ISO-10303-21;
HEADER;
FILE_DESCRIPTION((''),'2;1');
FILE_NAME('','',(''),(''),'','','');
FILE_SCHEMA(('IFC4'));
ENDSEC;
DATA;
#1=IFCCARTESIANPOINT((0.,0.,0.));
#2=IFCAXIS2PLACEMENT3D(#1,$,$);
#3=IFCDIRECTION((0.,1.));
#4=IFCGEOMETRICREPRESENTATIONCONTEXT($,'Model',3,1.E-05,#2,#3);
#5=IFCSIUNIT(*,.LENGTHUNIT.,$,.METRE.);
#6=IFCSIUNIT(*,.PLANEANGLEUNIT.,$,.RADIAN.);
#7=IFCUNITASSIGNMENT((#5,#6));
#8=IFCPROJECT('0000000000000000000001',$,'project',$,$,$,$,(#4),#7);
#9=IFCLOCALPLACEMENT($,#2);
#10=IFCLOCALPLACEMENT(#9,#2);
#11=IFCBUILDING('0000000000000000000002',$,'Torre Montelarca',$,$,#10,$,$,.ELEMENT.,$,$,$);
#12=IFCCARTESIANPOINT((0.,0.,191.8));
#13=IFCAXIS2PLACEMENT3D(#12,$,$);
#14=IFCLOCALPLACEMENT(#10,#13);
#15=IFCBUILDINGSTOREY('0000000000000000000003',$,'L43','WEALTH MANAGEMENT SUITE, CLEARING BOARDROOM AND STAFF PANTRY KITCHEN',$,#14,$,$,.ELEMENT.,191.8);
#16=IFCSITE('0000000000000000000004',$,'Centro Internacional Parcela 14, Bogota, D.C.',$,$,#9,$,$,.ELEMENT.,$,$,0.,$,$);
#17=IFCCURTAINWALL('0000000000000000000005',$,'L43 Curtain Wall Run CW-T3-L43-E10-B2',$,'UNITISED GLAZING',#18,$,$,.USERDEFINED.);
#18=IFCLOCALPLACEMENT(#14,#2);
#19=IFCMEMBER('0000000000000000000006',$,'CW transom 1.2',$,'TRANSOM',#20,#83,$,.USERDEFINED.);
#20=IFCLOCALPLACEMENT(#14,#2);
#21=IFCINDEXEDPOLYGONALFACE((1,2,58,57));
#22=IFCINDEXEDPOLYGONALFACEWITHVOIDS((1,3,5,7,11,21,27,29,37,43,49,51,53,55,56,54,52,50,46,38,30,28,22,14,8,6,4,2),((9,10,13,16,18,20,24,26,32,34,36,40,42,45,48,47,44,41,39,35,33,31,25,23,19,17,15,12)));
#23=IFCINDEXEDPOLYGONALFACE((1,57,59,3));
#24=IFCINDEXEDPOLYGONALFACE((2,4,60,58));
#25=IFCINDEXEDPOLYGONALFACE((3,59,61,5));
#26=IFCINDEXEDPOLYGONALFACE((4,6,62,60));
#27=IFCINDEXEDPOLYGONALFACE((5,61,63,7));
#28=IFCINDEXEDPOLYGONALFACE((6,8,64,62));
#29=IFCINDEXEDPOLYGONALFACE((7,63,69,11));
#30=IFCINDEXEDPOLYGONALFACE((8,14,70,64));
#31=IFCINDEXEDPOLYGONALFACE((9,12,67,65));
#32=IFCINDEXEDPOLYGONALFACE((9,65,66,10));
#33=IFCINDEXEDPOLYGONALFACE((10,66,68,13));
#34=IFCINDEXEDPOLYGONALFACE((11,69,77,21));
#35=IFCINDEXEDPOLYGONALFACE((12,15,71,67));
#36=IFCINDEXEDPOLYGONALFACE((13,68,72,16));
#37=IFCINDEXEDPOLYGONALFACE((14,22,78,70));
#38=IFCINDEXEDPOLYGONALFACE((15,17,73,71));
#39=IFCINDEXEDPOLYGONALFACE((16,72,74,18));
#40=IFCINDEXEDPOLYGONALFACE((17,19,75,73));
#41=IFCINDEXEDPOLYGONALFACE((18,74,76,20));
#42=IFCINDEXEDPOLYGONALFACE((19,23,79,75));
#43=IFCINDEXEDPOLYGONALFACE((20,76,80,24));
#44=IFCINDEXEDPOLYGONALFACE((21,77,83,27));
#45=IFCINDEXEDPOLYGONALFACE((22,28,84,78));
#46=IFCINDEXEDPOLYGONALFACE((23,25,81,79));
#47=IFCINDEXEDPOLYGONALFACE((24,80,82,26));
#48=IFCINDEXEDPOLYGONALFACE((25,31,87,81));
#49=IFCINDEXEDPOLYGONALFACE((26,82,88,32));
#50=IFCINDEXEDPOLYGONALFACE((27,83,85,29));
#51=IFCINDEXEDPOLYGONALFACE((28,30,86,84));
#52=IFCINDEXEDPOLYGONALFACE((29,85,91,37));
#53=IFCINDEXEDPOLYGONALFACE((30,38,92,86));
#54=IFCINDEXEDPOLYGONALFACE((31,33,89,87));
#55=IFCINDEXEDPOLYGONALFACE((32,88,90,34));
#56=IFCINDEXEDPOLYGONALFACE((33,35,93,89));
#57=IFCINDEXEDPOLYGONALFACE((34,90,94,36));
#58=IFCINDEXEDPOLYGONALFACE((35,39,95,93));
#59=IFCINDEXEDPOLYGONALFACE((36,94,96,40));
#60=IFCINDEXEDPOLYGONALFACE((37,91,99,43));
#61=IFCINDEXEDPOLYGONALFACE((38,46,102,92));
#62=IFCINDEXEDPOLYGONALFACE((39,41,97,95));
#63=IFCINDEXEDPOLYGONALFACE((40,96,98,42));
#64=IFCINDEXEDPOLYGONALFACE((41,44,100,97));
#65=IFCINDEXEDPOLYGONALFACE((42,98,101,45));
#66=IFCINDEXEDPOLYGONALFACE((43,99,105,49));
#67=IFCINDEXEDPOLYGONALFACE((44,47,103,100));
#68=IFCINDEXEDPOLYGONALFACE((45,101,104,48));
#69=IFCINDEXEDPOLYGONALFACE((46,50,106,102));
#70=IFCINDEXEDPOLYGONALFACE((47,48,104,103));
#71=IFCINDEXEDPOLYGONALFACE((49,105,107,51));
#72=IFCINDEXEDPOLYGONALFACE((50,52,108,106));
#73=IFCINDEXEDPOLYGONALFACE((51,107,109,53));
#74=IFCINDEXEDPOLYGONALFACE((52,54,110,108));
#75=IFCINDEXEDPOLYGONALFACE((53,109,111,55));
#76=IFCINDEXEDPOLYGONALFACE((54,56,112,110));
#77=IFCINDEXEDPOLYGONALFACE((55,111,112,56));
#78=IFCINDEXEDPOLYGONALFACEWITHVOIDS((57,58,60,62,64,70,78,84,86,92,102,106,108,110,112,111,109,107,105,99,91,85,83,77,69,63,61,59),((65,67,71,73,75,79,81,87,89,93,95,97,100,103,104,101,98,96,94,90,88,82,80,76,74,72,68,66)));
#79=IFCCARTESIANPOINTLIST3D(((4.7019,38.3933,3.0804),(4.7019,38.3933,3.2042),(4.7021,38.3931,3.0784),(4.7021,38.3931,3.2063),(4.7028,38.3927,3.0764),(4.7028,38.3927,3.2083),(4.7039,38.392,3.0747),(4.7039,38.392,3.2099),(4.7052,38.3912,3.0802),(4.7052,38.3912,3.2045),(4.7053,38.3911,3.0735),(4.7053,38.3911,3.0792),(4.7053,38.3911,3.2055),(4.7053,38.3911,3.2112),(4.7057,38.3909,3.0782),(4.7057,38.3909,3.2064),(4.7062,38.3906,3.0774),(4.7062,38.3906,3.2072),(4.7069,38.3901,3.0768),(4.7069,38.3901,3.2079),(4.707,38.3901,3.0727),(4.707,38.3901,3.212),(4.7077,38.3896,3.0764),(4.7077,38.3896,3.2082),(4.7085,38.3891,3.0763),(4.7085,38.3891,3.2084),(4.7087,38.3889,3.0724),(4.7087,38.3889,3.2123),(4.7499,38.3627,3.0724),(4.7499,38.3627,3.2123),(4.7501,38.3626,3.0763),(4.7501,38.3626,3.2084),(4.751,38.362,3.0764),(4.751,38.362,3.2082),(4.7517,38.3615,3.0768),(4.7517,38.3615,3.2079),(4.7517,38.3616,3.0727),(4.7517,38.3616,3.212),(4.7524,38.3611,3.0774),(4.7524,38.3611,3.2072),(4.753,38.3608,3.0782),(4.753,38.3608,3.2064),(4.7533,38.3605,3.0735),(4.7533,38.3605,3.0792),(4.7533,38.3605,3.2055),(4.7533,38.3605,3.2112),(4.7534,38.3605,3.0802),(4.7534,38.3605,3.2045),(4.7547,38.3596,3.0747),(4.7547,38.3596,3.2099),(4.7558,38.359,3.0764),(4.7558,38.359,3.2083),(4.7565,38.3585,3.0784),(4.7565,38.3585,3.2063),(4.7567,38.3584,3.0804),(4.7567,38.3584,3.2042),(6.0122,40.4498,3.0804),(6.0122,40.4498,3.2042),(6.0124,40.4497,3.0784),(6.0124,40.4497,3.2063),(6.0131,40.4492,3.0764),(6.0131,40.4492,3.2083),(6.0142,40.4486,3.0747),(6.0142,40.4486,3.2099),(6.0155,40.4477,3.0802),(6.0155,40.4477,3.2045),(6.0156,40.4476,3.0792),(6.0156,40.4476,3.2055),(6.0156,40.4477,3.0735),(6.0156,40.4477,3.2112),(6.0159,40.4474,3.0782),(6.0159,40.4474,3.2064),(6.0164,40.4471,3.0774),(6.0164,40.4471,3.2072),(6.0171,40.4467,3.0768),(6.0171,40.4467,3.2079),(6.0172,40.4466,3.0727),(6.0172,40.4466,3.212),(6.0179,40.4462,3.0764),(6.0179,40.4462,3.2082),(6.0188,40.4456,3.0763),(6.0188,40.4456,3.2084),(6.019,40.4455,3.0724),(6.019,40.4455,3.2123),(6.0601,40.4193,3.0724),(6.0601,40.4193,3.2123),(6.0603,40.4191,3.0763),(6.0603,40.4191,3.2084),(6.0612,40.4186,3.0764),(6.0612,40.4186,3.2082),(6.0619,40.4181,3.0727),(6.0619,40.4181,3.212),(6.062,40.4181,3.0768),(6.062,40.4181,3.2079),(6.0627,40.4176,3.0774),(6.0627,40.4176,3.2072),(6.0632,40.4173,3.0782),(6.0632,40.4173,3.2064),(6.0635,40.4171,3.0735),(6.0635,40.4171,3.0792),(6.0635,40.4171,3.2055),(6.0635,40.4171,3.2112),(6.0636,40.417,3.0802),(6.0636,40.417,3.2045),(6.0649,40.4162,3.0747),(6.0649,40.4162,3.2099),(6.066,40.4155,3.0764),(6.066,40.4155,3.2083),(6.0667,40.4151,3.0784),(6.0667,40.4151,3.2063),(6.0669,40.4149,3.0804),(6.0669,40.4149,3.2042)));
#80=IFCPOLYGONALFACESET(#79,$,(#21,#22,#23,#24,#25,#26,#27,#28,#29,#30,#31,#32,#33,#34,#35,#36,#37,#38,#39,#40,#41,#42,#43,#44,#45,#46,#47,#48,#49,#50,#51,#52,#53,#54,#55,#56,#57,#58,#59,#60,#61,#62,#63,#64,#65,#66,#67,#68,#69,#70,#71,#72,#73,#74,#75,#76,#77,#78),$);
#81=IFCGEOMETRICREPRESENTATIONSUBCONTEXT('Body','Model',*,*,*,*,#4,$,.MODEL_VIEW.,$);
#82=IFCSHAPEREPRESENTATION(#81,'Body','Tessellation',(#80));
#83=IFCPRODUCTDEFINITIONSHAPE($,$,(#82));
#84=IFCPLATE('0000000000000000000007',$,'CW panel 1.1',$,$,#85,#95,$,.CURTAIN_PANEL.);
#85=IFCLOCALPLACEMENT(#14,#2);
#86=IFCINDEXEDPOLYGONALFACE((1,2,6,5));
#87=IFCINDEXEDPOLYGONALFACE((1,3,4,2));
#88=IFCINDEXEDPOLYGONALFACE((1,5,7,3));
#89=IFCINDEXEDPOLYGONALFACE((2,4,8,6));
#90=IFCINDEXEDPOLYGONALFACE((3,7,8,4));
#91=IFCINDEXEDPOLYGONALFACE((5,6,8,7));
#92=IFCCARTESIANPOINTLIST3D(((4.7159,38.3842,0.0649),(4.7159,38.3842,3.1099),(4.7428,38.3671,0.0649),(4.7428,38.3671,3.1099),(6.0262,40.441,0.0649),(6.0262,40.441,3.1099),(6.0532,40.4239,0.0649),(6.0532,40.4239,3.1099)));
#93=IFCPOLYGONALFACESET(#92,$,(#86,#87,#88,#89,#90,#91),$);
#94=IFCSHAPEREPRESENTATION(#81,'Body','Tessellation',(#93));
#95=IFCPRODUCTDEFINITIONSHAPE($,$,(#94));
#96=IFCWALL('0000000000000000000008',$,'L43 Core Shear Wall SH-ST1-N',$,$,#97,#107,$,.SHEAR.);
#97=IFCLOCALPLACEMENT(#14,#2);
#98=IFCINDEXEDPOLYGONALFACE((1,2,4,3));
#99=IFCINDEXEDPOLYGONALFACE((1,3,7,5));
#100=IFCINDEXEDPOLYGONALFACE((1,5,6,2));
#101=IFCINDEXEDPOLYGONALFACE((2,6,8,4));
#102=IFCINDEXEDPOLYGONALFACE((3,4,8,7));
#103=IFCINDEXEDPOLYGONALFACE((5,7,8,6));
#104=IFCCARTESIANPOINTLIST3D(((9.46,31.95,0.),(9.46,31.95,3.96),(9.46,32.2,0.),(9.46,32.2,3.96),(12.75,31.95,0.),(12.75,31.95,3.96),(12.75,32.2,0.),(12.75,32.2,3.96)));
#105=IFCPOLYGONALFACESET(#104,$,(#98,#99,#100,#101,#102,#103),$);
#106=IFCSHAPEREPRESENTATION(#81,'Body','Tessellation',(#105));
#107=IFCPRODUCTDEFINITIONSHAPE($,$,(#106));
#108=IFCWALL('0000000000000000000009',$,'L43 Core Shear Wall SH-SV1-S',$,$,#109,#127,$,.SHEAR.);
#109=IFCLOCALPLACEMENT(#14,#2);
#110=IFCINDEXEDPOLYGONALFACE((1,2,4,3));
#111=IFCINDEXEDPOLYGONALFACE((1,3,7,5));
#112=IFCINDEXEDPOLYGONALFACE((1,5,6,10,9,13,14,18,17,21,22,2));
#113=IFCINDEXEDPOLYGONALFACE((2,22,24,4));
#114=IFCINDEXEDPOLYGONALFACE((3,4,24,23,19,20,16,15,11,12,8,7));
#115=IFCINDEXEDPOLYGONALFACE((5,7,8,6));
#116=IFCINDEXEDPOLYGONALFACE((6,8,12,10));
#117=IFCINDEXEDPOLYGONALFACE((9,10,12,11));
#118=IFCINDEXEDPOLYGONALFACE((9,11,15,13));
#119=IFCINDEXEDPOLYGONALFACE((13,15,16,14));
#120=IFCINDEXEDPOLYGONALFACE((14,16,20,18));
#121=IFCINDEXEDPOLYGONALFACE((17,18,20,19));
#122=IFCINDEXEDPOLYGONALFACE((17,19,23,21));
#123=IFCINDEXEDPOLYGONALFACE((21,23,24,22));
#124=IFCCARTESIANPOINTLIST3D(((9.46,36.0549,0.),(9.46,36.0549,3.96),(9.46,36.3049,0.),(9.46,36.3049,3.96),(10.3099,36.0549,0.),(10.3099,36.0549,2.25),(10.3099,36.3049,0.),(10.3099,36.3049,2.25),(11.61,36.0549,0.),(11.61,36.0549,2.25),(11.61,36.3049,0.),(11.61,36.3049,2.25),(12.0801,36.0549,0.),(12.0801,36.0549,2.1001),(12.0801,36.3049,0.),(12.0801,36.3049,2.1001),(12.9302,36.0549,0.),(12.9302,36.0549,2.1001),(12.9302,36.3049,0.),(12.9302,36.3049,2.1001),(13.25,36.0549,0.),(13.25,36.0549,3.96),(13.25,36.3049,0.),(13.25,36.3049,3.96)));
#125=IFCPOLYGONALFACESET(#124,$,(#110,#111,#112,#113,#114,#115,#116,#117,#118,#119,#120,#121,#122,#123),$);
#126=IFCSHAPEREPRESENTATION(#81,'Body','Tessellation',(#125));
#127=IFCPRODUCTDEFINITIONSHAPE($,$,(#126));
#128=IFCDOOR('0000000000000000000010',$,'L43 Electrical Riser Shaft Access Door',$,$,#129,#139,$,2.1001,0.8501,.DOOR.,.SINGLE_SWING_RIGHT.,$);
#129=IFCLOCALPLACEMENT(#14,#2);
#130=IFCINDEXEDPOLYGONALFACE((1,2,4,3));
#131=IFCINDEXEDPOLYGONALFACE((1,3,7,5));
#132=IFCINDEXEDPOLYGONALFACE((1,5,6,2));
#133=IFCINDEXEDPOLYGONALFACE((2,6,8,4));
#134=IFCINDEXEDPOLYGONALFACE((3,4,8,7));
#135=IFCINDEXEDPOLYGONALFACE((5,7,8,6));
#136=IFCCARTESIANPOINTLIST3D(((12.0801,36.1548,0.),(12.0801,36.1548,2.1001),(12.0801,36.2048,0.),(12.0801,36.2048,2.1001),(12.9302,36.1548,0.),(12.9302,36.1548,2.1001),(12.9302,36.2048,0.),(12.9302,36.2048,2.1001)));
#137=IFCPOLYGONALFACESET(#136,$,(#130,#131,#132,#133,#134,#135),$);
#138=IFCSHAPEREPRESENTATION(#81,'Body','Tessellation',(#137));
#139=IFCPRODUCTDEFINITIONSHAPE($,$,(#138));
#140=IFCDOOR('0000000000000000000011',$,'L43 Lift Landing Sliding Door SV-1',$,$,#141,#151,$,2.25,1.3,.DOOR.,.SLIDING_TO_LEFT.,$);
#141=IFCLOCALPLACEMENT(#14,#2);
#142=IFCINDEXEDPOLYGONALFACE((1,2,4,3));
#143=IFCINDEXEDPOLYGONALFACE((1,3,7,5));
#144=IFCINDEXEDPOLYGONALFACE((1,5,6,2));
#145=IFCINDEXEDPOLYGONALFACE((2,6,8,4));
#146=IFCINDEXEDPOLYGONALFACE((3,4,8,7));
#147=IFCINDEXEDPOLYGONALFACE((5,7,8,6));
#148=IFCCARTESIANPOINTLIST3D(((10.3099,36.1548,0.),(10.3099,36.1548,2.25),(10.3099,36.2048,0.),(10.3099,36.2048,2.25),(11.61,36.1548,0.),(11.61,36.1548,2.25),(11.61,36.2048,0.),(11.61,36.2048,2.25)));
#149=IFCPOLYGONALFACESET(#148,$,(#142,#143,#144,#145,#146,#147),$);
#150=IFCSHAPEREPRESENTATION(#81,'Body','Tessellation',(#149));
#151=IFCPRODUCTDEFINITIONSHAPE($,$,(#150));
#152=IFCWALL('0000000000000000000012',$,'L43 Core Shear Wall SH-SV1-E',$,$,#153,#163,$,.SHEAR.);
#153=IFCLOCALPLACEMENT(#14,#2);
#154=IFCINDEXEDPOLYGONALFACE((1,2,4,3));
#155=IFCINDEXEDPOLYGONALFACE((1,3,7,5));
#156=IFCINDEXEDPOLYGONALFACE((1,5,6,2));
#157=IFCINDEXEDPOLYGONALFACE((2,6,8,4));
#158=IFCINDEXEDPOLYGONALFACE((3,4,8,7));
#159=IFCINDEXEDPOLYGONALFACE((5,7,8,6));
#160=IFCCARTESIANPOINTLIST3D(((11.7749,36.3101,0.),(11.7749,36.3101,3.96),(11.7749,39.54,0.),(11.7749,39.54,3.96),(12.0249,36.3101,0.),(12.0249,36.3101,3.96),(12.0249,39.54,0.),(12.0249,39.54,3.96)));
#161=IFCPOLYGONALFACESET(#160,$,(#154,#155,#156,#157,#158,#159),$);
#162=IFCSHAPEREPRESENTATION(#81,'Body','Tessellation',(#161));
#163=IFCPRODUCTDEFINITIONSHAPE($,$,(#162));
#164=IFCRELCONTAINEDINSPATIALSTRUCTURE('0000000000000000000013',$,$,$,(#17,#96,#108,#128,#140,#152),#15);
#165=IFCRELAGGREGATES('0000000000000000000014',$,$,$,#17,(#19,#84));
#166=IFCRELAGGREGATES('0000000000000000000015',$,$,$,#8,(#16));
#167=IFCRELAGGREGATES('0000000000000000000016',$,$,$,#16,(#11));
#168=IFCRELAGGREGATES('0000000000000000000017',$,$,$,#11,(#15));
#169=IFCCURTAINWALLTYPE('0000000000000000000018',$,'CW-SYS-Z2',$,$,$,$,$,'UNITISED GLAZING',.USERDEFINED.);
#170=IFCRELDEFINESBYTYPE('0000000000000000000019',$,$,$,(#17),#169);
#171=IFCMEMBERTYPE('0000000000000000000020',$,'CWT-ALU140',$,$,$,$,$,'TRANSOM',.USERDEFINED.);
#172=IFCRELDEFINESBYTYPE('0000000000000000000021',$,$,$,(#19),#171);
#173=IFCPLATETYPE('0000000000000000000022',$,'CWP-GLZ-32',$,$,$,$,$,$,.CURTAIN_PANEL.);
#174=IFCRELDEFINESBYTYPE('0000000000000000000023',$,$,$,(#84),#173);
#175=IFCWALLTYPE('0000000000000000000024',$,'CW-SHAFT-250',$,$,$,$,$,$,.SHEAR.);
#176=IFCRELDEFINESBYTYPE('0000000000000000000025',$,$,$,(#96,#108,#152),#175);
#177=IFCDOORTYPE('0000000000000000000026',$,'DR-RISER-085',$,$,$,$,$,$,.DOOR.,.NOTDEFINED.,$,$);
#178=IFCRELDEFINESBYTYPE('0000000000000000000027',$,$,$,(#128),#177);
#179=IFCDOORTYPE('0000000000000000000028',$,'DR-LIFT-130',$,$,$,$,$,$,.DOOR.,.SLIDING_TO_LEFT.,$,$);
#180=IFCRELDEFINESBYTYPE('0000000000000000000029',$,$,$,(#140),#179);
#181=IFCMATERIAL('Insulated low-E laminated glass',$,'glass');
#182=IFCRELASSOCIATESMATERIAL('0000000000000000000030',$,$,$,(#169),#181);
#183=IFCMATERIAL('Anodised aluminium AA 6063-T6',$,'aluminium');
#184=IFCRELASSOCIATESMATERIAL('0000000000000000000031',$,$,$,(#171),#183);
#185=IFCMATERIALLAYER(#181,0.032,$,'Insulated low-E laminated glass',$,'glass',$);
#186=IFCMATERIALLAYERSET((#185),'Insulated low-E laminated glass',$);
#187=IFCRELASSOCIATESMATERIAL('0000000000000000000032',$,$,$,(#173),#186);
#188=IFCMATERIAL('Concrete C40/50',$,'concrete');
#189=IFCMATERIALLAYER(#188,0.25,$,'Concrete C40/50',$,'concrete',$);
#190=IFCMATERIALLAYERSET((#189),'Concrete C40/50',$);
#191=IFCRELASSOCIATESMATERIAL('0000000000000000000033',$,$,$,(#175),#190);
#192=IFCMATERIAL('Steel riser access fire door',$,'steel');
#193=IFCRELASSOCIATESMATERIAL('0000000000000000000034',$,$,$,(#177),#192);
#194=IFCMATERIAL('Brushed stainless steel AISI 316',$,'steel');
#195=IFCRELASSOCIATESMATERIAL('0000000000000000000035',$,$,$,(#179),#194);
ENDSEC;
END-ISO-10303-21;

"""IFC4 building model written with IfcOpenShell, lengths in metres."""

from ifc_helpers import new_model, si_unit, direction, frame, frame_2d, origin, origin_2d, place, context, subcontext, project, spatial, rectangle, hollow_rectangle, extrude, source, transform, mapped, material, layer, layer_set, material_profile, profile_set, type_object, element, fill, aggregate, save


model = new_model("IFC4")

# Units and contexts
model_context = context("Model", 3, precision=1e-05, world=origin(), true_north=direction((0.0, 1.0)))
body_context = subcontext(model_context, "Body", "Model", "MODEL_VIEW")
ifc_project = project(units=[si_unit("LENGTHUNIT", "METRE"), si_unit("PLANEANGLEUNIT", "RADIAN")], contexts=[model_context])

# Site, building, storey
site_placement = place(None, origin())
site = spatial("IfcSite", under=ifc_project, at=site_placement, Name="Centro Internacional Parcela 14, Bogota, D.C.", CompositionType="ELEMENT", RefElevation=0.0)
building_placement = place(site_placement, origin())
building = spatial("IfcBuilding", under=site, at=building_placement, Name="Torre Montelarca", CompositionType="ELEMENT")
storey_placement = place(building_placement, frame((0.0, 0.0, 191.8)))
storey = spatial("IfcBuildingStorey", under=building, at=storey_placement, Name="L43", Description="WEALTH MANAGEMENT SUITE, CLEARING BOARDROOM AND STAFF PANTRY KITCHEN", CompositionType="ELEMENT", Elevation=191.8)

# Curtain wall, member, plate
ifc_material_1 = material(Name="Insulated low-E laminated glass", Category="glass")
curtain_wall_type = type_object("IfcCurtainWallType", Name="CW-SYS-Z2", ElementType="UNITISED GLAZING", PredefinedType="USERDEFINED", material=ifc_material_1)
curtain_wall_placement = place(storey_placement, origin())
curtain_wall = element("IfcCurtainWall", 1, at=curtain_wall_placement, inside=storey, type_object=curtain_wall_type, Name="L43 Curtain Wall Run CW-T3-L43-E10-B2", ObjectType="UNITISED GLAZING", PredefinedType="USERDEFINED")
ifc_material_2 = material(Name="Anodised aluminium AA 6063-T6", Category="aluminium")
ifc_material_profile_1 = material_profile(ifc_material_2, hollow_rectangle(XDim=0.0649, YDim=0.1399, WallThickness=0.0039, InnerFilletRadius=0.0039, OuterFilletRadius=0.0081, at=origin_2d()), Name="ALU65X140X4", Category="aluminium")
ifc_profile_set_1 = profile_set([ifc_material_profile_1], Name="Anodised aluminium AA 6063-T6")
member_type_1 = type_object("IfcMemberType", Name="CWT-ALU140", ElementType="TRANSOM", PredefinedType="USERDEFINED", material=ifc_profile_set_1)
shared_shape_1 = source(origin(), body_context, "Body", "SweptSolid", [
    extrude(hollow_rectangle(XDim=0.0649, YDim=0.1399, WallThickness=0.0039, InnerFilletRadius=0.0039, OuterFilletRadius=0.0081, at=origin_2d()), origin(), (0.0, 0.0, 1.0), 2.4385),
])
member_1_placement = place(storey_placement, frame((6.0396, 40.4324, 3.1423), z_axis=(-0.537322, -0.843377, 0.0), x_axis=(0.843377, -0.537322, 0.0)))
member_1 = element("IfcMember", 2, at=member_1_placement, type_object=member_type_1, Name="CW transom 1.2", ObjectType="TRANSOM", PredefinedType="USERDEFINED", context=body_context, shape_type="MappedRepresentation", body=[
    mapped(shared_shape_1, transform((0.0, 0.0, 0.0), scale=1.0)),
])
ifc_layer_1 = layer(ifc_material_1, 0.032, Name="Insulated low-E laminated glass", Category="glass")
ifc_layer_set_1 = layer_set([ifc_layer_1], Name="Insulated low-E laminated glass")
plate_type = type_object("IfcPlateType", Name="CWP-GLZ-32", PredefinedType="CURTAIN_PANEL", material=ifc_layer_set_1)
shared_shape_2 = source(origin(), body_context, "Body", "SweptSolid", [
    extrude(rectangle(XDim=2.4387, YDim=0.032, at=origin_2d()), origin(), (0.0, 0.0, 1.0), 3.0449),
])
plate_placement = place(storey_placement, frame((5.3845, 39.4041, 0.0649), z_axis=(0.0, 0.0, 1.0), x_axis=(-0.537301, -0.84339, 0.0)))
plate = element("IfcPlate", 3, at=plate_placement, type_object=plate_type, Name="CW panel 1.1", PredefinedType="CURTAIN_PANEL", context=body_context, shape_type="MappedRepresentation", body=[
    mapped(shared_shape_2, transform((0.0, 0.0, 0.0), scale=1.0)),
])
aggregate(curtain_wall, [member_1, plate])

# Wall
ifc_material_3 = material(Name="Concrete C40/50", Category="concrete")
ifc_layer_2 = layer(ifc_material_3, 0.25, Name="Concrete C40/50", Category="concrete")
ifc_layer_set_2 = layer_set([ifc_layer_2], Name="Concrete C40/50")
wall_type_1 = type_object("IfcWallType", Name="CW-SHAFT-250", PredefinedType="SHEAR", material=ifc_layer_set_2)
wall_1_placement = place(storey_placement, frame((9.46, 32.075, 0.0), z_axis=(0.0, 0.0, 1.0), x_axis=(1.0, 0.0, 0.0)))
element("IfcWall", 4, at=wall_1_placement, inside=storey, type_object=wall_type_1, Name="L43 Core Shear Wall SH-ST1-N", PredefinedType="SHEAR", context=body_context, shape_type="SweptSolid", body=[
    extrude(rectangle(XDim=3.29, YDim=0.25, at=frame_2d((1.645, 0.0))), origin(), (0.0, 0.0, 1.0), 3.96),
])

# Wall, openings, doors
wall_2_placement = place(storey_placement, frame((9.46, 36.1799, 0.0), z_axis=(0.0, 0.0, 1.0), x_axis=(1.0, 0.0, 0.0)))
wall_2 = element("IfcWall", 5, at=wall_2_placement, inside=storey, type_object=wall_type_1, Name="L43 Core Shear Wall SH-SV1-S", PredefinedType="SHEAR", context=body_context, shape_type="SweptSolid", body=[
    extrude(rectangle(XDim=3.79, YDim=0.25, at=frame_2d((1.895, 0.0))), origin(), (0.0, 0.0, 1.0), 3.96),
])
opening_1_placement = place(wall_2_placement, frame((2.6201, 0.0, 0.0)))
opening_1 = element("IfcOpeningElement", 6, at=opening_1_placement, cuts=wall_2, PredefinedType="OPENING", context=body_context, shape_type="SweptSolid", body=[
    extrude(rectangle(XDim=0.8501, YDim=2.1001, at=frame_2d((0.425, 1.05))), frame((0.0, 0.135, 0.0), z_axis=(0.0, -1.0, 0.0), x_axis=(1.0, 0.0, 0.0)), (0.0, 0.0, 1.0), 0.27),
])
opening_2_placement = place(wall_2_placement, frame((0.8501, 0.0, 0.0)))
opening_2 = element("IfcOpeningElement", 7, at=opening_2_placement, cuts=wall_2, PredefinedType="OPENING", context=body_context, shape_type="SweptSolid", body=[
    extrude(rectangle(XDim=1.3, YDim=2.25, at=frame_2d((0.6499, 1.125))), frame((0.0, 0.135, 0.0), z_axis=(0.0, -1.0, 0.0), x_axis=(1.0, 0.0, 0.0)), (0.0, 0.0, 1.0), 0.27),
])
ifc_material_4 = material(Name="Steel riser access fire door", Category="steel")
door_type_1 = type_object("IfcDoorType", Name="DR-RISER-085", OperationType="NOTDEFINED", PredefinedType="DOOR", material=ifc_material_4)
shared_shape_3 = source(origin(), body_context, "Body", "SweptSolid", [
    extrude(rectangle(XDim=0.8501, YDim=2.1001, at=frame_2d((0.425, 1.05))), frame((0.0, 0.0249, 0.0), z_axis=(0.0, -1.0, 0.0), x_axis=(1.0, 0.0, 0.0)), (0.0, 0.0, 1.0), 0.05),
])
door_1_placement = place(opening_1_placement, origin())
door_1 = element("IfcDoor", 8, at=door_1_placement, inside=storey, type_object=door_type_1, Name="L43 Electrical Riser Shaft Access Door", OperationType="SINGLE_SWING_RIGHT", OverallHeight=2.1001, OverallWidth=0.8501, PredefinedType="DOOR", context=body_context, shape_type="MappedRepresentation", body=[
    mapped(shared_shape_3, transform((0.0, 0.0, 0.0), scale=1.0)),
])
fill(opening_1, door_1)
ifc_material_5 = material(Name="Brushed stainless steel AISI 316", Category="steel")
door_type_2 = type_object("IfcDoorType", Name="DR-LIFT-130", OperationType="SLIDING_TO_LEFT", PredefinedType="DOOR", material=ifc_material_5)
shared_shape_4 = source(origin(), body_context, "Body", "SweptSolid", [
    extrude(rectangle(XDim=1.3, YDim=2.25, at=frame_2d((0.6499, 1.125))), frame((0.0, 0.0249, 0.0), z_axis=(0.0, -1.0, 0.0), x_axis=(1.0, 0.0, 0.0)), (0.0, 0.0, 1.0), 0.05),
])
door_2_placement = place(opening_2_placement, origin())
door_2 = element("IfcDoor", 9, at=door_2_placement, inside=storey, type_object=door_type_2, Name="L43 Lift Landing Sliding Door SV-1", OperationType="SLIDING_TO_LEFT", OverallHeight=2.25, OverallWidth=1.3, PredefinedType="DOOR", context=body_context, shape_type="MappedRepresentation", body=[
    mapped(shared_shape_4, transform((0.0, 0.0, 0.0), scale=1.0)),
])
fill(opening_2, door_2)

# Wall
wall_3_placement = place(storey_placement, frame((11.8999, 36.3101, 0.0), z_axis=(0.0, 0.0, 1.0), x_axis=(0.0, 1.0, 0.0)))
element("IfcWall", 10, at=wall_3_placement, inside=storey, type_object=wall_type_1, Name="L43 Core Shear Wall SH-SV1-E", PredefinedType="SHEAR", context=body_context, shape_type="SweptSolid", body=[
    extrude(rectangle(XDim=3.23, YDim=0.25, at=frame_2d((1.615, 0.0))), origin(), (0.0, 0.0, 1.0), 3.96),
])

save(model, "model.ifc")
